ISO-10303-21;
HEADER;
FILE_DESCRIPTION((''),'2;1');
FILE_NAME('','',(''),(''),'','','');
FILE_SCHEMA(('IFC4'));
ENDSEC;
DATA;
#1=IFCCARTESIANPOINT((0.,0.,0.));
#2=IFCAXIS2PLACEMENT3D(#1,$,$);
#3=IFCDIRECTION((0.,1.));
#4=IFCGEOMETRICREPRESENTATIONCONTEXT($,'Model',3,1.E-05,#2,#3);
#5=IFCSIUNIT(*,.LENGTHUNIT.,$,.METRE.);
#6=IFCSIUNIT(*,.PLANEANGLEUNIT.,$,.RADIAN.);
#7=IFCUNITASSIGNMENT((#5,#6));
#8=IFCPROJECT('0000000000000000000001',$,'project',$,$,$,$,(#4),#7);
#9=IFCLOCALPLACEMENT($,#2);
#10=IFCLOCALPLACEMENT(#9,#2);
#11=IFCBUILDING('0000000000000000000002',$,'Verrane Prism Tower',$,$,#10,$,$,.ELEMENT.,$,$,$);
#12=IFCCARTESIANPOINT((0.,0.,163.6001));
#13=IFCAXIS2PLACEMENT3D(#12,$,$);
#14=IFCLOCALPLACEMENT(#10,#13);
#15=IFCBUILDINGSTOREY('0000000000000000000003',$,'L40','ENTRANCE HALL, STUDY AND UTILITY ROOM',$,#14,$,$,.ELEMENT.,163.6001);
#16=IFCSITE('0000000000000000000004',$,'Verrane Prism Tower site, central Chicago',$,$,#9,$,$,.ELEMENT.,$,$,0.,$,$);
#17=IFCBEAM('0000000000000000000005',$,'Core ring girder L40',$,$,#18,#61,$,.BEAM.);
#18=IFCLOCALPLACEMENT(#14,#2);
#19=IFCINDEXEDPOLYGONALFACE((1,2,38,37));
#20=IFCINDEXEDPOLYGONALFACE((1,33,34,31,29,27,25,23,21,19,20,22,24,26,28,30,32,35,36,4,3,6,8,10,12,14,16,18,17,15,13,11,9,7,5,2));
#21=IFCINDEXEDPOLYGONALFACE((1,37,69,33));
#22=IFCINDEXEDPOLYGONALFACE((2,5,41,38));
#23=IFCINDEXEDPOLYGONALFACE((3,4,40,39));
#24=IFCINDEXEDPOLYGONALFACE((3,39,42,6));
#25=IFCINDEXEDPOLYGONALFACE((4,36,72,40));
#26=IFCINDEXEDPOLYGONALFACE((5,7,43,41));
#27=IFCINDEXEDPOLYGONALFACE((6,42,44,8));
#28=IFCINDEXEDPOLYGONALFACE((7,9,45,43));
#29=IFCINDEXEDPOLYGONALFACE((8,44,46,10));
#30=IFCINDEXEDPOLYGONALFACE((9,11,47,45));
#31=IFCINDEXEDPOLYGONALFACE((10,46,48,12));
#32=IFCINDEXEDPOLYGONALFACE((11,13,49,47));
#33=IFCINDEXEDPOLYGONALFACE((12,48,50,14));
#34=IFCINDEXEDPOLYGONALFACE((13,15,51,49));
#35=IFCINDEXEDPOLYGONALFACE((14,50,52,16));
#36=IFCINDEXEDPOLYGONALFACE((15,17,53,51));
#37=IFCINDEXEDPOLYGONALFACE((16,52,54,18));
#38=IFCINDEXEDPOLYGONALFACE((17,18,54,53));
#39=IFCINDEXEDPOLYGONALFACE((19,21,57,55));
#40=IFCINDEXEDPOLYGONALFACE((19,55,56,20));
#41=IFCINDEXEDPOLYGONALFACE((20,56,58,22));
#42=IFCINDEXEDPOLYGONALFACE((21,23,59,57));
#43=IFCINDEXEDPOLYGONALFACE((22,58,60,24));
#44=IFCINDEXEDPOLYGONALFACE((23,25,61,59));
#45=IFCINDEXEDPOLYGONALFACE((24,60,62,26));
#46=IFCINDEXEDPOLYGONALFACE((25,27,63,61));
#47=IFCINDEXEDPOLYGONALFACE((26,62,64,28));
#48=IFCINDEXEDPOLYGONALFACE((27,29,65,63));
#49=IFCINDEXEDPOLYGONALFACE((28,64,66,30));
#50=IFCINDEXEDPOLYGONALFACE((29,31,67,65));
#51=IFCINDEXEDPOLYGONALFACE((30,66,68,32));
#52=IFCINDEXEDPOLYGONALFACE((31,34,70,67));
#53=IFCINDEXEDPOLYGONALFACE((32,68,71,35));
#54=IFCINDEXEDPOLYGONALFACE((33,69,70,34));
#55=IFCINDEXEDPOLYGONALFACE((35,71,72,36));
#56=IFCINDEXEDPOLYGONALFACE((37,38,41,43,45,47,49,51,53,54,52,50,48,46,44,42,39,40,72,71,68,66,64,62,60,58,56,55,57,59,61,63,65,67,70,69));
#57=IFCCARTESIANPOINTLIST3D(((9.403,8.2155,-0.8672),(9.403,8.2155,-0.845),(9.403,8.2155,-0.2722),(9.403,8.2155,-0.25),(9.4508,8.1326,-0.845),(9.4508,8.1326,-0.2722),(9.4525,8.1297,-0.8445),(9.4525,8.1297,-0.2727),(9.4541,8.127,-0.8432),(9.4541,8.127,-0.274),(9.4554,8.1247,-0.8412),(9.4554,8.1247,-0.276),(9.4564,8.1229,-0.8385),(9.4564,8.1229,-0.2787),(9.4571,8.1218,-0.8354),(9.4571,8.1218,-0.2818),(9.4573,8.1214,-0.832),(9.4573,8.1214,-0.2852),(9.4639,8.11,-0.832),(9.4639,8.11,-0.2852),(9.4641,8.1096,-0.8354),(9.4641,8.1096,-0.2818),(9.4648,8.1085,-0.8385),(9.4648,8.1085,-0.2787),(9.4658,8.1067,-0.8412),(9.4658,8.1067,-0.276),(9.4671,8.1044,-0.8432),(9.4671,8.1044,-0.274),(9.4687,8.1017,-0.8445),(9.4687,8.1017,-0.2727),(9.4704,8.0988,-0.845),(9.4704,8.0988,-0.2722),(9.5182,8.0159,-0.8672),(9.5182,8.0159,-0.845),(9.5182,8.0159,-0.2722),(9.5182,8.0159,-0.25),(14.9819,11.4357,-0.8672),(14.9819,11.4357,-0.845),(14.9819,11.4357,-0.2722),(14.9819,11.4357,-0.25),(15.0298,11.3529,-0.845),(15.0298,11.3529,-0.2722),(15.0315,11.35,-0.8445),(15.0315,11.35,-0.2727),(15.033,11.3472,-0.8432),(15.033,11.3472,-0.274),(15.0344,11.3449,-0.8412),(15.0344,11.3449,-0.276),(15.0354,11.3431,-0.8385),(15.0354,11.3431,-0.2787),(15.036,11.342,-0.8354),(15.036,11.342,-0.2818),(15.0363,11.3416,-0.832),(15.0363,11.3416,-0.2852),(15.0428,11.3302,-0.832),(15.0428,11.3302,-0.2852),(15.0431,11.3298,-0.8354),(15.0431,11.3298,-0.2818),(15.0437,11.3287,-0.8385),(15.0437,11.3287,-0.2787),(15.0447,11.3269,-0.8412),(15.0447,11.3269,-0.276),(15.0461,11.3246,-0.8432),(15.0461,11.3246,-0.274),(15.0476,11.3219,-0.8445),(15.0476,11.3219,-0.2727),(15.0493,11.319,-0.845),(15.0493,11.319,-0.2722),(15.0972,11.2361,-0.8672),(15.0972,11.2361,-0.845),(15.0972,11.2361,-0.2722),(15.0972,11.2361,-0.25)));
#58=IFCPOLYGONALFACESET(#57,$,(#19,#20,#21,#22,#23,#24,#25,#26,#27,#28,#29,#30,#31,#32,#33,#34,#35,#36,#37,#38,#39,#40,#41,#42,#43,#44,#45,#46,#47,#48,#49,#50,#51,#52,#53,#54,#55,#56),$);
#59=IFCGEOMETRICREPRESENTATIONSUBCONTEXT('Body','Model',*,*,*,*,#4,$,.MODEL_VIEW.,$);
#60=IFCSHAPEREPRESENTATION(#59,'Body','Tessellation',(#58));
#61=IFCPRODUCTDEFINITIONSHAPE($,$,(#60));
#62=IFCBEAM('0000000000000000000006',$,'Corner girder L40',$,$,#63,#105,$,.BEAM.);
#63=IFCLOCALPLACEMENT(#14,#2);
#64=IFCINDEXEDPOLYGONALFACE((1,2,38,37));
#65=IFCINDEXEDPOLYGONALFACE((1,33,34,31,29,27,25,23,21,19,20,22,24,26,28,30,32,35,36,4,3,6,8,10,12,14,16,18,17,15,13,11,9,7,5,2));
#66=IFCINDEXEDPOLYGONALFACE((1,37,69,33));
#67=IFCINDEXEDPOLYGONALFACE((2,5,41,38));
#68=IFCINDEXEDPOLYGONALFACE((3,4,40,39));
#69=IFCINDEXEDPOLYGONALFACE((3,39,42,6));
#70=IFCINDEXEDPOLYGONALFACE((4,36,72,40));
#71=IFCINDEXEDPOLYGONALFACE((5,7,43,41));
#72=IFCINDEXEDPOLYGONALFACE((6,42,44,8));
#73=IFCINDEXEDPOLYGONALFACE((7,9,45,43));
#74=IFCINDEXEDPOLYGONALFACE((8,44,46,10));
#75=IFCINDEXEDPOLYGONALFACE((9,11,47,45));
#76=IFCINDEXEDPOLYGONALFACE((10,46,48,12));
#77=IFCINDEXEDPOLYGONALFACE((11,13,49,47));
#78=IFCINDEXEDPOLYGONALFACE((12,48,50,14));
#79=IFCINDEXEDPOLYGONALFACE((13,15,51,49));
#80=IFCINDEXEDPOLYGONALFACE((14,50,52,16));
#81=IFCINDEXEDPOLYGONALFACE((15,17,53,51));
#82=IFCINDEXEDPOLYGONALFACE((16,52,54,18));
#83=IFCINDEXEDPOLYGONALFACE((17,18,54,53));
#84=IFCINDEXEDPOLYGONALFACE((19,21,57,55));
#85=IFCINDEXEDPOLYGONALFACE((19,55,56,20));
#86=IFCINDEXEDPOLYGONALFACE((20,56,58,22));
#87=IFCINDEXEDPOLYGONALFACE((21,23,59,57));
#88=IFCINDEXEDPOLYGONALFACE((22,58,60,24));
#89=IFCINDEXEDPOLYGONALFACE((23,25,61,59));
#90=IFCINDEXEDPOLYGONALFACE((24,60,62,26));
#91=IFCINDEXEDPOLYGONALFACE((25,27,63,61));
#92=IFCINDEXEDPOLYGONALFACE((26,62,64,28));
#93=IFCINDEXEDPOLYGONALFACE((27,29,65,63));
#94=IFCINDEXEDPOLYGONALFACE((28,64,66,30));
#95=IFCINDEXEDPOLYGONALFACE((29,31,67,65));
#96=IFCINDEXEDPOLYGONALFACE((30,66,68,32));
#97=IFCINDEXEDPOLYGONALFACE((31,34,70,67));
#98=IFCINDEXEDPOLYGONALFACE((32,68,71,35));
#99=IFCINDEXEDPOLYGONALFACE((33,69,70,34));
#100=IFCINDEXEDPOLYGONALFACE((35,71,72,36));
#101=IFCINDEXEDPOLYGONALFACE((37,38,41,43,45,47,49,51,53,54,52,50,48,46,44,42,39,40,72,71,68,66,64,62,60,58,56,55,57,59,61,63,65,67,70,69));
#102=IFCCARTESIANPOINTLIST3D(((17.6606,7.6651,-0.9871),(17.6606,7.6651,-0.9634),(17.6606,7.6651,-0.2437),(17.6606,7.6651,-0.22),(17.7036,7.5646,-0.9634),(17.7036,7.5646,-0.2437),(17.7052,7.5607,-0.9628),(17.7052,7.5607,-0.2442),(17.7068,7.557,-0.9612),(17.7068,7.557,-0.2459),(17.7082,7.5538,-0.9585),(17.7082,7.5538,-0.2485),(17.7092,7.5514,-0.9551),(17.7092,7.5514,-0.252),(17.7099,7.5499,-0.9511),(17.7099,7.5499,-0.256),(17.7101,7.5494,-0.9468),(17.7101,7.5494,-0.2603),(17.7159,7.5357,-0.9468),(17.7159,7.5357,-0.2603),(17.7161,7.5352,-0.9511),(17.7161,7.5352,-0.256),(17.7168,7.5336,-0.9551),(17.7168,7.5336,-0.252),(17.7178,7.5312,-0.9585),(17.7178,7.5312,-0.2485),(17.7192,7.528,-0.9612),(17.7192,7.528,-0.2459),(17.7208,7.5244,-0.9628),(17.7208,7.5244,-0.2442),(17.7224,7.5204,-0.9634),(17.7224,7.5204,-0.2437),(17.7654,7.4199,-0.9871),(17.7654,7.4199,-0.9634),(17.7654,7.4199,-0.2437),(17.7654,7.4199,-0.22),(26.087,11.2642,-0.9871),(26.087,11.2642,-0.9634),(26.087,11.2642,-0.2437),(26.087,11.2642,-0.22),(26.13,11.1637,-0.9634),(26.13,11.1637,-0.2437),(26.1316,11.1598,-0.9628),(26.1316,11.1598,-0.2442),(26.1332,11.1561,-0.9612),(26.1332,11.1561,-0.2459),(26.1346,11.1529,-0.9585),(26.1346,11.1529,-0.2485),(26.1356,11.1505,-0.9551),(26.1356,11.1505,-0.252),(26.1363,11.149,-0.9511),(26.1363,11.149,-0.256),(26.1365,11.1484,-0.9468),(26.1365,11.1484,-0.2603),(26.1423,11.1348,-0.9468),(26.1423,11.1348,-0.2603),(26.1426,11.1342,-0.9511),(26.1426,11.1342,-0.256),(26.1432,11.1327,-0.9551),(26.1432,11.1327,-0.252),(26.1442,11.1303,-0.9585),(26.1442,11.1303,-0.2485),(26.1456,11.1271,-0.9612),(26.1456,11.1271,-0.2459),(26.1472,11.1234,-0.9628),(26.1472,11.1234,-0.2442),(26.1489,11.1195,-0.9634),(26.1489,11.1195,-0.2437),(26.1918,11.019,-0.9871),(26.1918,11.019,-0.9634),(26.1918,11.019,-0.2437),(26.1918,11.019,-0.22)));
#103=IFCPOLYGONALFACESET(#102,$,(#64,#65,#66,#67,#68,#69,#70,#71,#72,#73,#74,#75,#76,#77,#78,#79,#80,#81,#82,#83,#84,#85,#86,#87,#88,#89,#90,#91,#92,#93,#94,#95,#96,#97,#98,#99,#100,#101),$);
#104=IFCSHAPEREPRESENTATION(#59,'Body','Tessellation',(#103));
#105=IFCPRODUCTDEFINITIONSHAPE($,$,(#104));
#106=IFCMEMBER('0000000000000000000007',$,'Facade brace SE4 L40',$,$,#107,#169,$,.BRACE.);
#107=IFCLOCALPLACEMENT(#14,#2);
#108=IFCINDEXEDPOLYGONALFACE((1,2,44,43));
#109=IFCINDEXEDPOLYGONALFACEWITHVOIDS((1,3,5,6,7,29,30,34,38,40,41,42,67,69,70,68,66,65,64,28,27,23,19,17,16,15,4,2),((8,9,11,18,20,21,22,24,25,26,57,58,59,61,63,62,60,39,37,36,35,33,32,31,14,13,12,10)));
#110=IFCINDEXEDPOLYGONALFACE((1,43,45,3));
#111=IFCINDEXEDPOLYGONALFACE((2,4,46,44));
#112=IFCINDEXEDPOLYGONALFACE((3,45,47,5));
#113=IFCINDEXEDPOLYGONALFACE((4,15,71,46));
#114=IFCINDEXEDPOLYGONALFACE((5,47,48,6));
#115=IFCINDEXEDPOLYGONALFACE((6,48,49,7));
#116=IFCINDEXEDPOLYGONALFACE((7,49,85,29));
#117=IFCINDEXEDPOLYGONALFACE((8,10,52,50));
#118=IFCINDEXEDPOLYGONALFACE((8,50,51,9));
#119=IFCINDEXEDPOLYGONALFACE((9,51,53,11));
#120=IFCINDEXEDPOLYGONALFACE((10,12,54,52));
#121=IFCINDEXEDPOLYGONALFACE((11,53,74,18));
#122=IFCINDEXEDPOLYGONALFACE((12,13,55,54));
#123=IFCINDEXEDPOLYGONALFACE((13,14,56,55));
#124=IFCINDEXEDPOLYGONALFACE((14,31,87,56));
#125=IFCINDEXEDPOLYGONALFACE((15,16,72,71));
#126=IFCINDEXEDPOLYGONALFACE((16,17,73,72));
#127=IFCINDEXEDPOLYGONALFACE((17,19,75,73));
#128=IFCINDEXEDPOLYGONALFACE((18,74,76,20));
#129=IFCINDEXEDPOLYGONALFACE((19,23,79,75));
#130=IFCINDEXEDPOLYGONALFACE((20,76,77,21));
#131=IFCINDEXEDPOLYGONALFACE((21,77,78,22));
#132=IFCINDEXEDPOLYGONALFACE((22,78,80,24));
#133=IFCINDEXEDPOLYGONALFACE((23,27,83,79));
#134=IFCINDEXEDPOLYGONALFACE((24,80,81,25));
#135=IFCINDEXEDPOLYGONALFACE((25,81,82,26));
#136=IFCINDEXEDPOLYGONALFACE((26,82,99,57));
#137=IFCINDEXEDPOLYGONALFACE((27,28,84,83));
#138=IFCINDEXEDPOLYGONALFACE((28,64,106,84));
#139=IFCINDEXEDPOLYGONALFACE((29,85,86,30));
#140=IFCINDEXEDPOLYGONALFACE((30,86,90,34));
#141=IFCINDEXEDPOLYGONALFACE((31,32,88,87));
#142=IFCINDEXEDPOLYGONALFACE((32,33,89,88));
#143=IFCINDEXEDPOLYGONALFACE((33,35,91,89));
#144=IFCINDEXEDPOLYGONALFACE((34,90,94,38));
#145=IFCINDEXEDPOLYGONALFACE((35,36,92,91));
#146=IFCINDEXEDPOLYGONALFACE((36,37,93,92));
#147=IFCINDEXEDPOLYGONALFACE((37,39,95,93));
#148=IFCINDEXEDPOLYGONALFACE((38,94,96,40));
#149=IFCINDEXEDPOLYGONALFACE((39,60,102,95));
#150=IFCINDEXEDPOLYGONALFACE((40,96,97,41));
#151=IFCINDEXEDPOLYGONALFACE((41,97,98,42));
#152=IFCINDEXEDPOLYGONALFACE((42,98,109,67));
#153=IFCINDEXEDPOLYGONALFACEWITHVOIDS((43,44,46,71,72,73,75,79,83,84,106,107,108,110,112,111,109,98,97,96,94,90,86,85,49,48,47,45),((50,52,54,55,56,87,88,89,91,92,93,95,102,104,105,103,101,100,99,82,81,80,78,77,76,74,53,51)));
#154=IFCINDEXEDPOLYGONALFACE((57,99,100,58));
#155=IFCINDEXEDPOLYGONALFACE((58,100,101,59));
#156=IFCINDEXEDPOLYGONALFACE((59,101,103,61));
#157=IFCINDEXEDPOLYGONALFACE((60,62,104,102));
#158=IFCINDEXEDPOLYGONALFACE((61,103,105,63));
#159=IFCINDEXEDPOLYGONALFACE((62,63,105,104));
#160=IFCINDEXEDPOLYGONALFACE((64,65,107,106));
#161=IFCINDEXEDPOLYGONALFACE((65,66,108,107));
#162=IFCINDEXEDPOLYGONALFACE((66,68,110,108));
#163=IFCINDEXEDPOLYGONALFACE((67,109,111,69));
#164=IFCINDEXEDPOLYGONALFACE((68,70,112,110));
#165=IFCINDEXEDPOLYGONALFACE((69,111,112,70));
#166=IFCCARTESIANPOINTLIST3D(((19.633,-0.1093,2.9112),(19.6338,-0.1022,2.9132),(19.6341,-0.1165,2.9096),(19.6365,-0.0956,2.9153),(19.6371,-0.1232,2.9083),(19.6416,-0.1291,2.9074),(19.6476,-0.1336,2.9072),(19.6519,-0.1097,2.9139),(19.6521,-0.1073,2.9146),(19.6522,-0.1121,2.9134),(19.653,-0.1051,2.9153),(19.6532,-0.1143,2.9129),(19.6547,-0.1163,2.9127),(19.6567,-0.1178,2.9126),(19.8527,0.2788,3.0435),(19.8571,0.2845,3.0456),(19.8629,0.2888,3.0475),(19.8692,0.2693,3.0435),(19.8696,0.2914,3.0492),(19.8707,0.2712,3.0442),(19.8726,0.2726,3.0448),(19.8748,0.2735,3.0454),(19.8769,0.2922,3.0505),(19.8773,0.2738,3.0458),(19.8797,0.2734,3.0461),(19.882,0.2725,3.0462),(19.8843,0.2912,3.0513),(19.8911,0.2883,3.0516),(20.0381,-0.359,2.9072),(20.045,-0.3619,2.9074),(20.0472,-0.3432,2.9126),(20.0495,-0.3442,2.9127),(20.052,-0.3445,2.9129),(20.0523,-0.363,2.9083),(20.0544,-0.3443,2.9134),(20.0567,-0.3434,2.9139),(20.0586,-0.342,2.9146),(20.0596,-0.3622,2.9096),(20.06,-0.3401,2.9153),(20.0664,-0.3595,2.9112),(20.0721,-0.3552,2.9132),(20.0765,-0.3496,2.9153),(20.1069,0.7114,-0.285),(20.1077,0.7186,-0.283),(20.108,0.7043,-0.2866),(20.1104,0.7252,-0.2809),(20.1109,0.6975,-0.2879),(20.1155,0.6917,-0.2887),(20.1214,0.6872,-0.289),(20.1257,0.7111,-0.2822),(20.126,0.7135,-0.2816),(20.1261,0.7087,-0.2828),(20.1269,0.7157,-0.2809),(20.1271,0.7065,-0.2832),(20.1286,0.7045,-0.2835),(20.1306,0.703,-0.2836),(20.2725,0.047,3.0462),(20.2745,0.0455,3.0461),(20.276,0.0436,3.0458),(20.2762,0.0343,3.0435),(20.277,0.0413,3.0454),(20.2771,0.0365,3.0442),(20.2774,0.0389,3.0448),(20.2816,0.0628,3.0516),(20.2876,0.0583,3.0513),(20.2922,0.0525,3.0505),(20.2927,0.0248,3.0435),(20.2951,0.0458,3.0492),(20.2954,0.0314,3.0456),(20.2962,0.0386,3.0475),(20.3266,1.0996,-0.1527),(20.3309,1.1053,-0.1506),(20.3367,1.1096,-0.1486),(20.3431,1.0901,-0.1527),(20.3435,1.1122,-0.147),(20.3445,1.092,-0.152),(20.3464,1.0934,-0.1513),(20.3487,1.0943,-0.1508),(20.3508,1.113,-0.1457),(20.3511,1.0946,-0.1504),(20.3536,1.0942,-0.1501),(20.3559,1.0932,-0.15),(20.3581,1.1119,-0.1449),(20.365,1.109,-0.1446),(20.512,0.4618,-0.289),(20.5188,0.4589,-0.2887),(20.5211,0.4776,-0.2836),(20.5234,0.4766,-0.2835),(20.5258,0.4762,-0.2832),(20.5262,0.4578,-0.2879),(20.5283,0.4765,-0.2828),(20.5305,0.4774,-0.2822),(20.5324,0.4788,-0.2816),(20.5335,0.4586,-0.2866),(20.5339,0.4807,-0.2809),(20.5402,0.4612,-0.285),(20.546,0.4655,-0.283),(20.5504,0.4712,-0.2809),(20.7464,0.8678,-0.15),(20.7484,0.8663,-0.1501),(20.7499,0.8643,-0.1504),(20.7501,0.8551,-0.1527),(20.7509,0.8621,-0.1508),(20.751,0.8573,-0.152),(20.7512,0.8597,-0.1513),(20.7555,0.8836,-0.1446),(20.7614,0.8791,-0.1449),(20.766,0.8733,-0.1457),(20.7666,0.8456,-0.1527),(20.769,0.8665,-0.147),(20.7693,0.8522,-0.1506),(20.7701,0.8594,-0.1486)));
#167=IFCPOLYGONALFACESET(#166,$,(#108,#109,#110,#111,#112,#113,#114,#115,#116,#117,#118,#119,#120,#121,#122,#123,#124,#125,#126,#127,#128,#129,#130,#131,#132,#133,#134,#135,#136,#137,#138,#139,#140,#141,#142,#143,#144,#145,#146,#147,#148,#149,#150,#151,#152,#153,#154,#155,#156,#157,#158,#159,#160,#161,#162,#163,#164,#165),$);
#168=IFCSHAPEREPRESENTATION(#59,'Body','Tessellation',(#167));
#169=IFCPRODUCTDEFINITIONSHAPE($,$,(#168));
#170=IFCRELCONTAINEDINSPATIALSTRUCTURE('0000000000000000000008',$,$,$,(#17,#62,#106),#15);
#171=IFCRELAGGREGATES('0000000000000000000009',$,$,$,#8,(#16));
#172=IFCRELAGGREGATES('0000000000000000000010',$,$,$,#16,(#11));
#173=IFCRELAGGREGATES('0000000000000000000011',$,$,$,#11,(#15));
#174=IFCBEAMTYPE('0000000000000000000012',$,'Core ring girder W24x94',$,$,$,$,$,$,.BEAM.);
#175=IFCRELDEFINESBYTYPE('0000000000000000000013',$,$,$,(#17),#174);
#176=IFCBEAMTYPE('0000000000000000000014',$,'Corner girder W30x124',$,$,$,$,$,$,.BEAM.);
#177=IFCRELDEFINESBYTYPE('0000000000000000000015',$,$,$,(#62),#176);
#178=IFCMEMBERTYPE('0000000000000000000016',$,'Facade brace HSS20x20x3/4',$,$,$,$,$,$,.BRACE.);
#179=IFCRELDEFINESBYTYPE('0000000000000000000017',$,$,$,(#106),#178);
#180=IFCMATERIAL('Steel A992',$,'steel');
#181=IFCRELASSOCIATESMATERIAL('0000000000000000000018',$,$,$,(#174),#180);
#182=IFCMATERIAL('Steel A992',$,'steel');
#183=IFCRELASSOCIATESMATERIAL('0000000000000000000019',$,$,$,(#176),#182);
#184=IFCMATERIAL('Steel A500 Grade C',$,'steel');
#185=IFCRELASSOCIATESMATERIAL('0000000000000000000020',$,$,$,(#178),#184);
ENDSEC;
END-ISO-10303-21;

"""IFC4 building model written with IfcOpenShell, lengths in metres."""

from ifc_helpers import new_model, si_unit, direction, frame, origin, origin_2d, place, context, subcontext, project, spatial, hollow_rectangle, i_section, extrude, material, material_profile, profile_set, type_object, element, save


model = new_model("IFC4")

# Units and contexts
model_context = context("Model", 3, precision=1e-05, world=origin(), true_north=direction((0.0, 1.0)))
body_context = subcontext(model_context, "Body", "Model", "MODEL_VIEW")
ifc_project = project(units=[si_unit("LENGTHUNIT", "METRE"), si_unit("PLANEANGLEUNIT", "RADIAN")], contexts=[model_context])

# Site, building, storey
site_placement = place(None, origin())
site = spatial("IfcSite", under=ifc_project, at=site_placement, Name="Verrane Prism Tower site, central Chicago", CompositionType="ELEMENT", RefElevation=0.0)
building_placement = place(site_placement, origin())
building = spatial("IfcBuilding", under=site, at=building_placement, Name="Verrane Prism Tower", CompositionType="ELEMENT")
storey_placement = place(building_placement, frame((0.0, 0.0, 163.6001)))
storey = spatial("IfcBuildingStorey", under=building, at=storey_placement, Name="L40", Description="ENTRANCE HALL, STUDY AND UTILITY ROOM", CompositionType="ELEMENT", Elevation=163.6001)

# Beams
ifc_material_1 = material(Name="Steel A992", Category="steel")
ifc_material_profile_1 = material_profile(ifc_material_1, i_section(OverallWidth=0.2305, OverallDepth=0.6172, WebThickness=0.0132, FlangeThickness=0.0222, FilletRadius=0.0129, at=origin_2d()), Name="W24x94")
ifc_profile_set_1 = profile_set([ifc_material_profile_1], Name="Steel A992")
beam_type_1 = type_object("IfcBeamType", Name="Core ring girder W24x94", PredefinedType="BEAM", material=ifc_profile_set_1)
beam_1_placement = place(storey_placement, frame((15.0396, 11.3359, -0.5586), z_axis=(-0.866075, -0.499914, 0.0), x_axis=(0.499914, -0.866075, 0.0)))
element("IfcBeam", 1, at=beam_1_placement, inside=storey, type_object=beam_type_1, Name="Core ring girder L40", PredefinedType="BEAM", context=body_context, shape_type="SweptSolid", body=[
    extrude(i_section(OverallWidth=0.2305, OverallDepth=0.6172, WebThickness=0.0132, FlangeThickness=0.0222, FilletRadius=0.0129, at=origin_2d()), origin(), (0.0, 0.0, 1.0), 6.4417),
])
ifc_material_2 = material(Name="Steel A992", Category="steel")
ifc_material_profile_2 = material_profile(ifc_material_2, i_section(OverallWidth=0.2666, OverallDepth=0.7671, WebThickness=0.0149, FlangeThickness=0.0237, FilletRadius=0.0166, at=origin_2d()), Name="W30x124")
ifc_profile_set_2 = profile_set([ifc_material_profile_2], Name="Steel A992")
beam_type_2 = type_object("IfcBeamType", Name="Corner girder W30x124", PredefinedType="BEAM", material=ifc_profile_set_2)
beam_2_placement = place(storey_placement, frame((26.1394, 11.1416, -0.6035), z_axis=(-0.919628, -0.39279, 0.0), x_axis=(0.39279, -0.919628, 0.0)))
element("IfcBeam", 2, at=beam_2_placement, inside=storey, type_object=beam_type_2, Name="Corner girder L40", PredefinedType="BEAM", context=body_context, shape_type="SweptSolid", body=[
    extrude(i_section(OverallWidth=0.2666, OverallDepth=0.7671, WebThickness=0.0149, FlangeThickness=0.0237, FilletRadius=0.0166, at=origin_2d()), origin(), (0.0, 0.0, 1.0), 9.1628),
])

# Member
ifc_material_3 = material(Name="Steel A500 Grade C", Category="steel")
ifc_material_profile_3 = material_profile(ifc_material_3, hollow_rectangle(XDim=0.5081, YDim=0.5081, WallThickness=0.019, InnerFilletRadius=0.0095, OuterFilletRadius=0.0286, at=origin_2d()), Name="HSS20x20x3/4")
ifc_profile_set_3 = profile_set([ifc_material_profile_3], Name="Steel A500 Grade C")
member_type_1 = type_object("IfcMemberType", Name="Facade brace HSS20x20x3/4", PredefinedType="BRACE", material=ifc_profile_set_3)
for number, where, z_axis, x_axis, name in (
    (3, (20.4385, 0.7854, -0.2168), (-0.142141, -0.246202, 0.958739), (0.866031, -0.49999, 0.0), "Facade brace SE4 L40"),
):
    element("IfcMember", number, at=place(storey_placement, frame(where, z_axis=z_axis, x_axis=x_axis)), inside=storey, type_object=member_type_1, Name=name, PredefinedType="BRACE", context=body_context, shape_type="SweptSolid", body=[
        extrude(hollow_rectangle(XDim=0.5081, YDim=0.5081, WallThickness=0.019, InnerFilletRadius=0.0095, OuterFilletRadius=0.0286, at=origin_2d()), origin(), (0.0, 0.0, 1.0), 3.3337),
    ])

save(model, "model.ifc")
